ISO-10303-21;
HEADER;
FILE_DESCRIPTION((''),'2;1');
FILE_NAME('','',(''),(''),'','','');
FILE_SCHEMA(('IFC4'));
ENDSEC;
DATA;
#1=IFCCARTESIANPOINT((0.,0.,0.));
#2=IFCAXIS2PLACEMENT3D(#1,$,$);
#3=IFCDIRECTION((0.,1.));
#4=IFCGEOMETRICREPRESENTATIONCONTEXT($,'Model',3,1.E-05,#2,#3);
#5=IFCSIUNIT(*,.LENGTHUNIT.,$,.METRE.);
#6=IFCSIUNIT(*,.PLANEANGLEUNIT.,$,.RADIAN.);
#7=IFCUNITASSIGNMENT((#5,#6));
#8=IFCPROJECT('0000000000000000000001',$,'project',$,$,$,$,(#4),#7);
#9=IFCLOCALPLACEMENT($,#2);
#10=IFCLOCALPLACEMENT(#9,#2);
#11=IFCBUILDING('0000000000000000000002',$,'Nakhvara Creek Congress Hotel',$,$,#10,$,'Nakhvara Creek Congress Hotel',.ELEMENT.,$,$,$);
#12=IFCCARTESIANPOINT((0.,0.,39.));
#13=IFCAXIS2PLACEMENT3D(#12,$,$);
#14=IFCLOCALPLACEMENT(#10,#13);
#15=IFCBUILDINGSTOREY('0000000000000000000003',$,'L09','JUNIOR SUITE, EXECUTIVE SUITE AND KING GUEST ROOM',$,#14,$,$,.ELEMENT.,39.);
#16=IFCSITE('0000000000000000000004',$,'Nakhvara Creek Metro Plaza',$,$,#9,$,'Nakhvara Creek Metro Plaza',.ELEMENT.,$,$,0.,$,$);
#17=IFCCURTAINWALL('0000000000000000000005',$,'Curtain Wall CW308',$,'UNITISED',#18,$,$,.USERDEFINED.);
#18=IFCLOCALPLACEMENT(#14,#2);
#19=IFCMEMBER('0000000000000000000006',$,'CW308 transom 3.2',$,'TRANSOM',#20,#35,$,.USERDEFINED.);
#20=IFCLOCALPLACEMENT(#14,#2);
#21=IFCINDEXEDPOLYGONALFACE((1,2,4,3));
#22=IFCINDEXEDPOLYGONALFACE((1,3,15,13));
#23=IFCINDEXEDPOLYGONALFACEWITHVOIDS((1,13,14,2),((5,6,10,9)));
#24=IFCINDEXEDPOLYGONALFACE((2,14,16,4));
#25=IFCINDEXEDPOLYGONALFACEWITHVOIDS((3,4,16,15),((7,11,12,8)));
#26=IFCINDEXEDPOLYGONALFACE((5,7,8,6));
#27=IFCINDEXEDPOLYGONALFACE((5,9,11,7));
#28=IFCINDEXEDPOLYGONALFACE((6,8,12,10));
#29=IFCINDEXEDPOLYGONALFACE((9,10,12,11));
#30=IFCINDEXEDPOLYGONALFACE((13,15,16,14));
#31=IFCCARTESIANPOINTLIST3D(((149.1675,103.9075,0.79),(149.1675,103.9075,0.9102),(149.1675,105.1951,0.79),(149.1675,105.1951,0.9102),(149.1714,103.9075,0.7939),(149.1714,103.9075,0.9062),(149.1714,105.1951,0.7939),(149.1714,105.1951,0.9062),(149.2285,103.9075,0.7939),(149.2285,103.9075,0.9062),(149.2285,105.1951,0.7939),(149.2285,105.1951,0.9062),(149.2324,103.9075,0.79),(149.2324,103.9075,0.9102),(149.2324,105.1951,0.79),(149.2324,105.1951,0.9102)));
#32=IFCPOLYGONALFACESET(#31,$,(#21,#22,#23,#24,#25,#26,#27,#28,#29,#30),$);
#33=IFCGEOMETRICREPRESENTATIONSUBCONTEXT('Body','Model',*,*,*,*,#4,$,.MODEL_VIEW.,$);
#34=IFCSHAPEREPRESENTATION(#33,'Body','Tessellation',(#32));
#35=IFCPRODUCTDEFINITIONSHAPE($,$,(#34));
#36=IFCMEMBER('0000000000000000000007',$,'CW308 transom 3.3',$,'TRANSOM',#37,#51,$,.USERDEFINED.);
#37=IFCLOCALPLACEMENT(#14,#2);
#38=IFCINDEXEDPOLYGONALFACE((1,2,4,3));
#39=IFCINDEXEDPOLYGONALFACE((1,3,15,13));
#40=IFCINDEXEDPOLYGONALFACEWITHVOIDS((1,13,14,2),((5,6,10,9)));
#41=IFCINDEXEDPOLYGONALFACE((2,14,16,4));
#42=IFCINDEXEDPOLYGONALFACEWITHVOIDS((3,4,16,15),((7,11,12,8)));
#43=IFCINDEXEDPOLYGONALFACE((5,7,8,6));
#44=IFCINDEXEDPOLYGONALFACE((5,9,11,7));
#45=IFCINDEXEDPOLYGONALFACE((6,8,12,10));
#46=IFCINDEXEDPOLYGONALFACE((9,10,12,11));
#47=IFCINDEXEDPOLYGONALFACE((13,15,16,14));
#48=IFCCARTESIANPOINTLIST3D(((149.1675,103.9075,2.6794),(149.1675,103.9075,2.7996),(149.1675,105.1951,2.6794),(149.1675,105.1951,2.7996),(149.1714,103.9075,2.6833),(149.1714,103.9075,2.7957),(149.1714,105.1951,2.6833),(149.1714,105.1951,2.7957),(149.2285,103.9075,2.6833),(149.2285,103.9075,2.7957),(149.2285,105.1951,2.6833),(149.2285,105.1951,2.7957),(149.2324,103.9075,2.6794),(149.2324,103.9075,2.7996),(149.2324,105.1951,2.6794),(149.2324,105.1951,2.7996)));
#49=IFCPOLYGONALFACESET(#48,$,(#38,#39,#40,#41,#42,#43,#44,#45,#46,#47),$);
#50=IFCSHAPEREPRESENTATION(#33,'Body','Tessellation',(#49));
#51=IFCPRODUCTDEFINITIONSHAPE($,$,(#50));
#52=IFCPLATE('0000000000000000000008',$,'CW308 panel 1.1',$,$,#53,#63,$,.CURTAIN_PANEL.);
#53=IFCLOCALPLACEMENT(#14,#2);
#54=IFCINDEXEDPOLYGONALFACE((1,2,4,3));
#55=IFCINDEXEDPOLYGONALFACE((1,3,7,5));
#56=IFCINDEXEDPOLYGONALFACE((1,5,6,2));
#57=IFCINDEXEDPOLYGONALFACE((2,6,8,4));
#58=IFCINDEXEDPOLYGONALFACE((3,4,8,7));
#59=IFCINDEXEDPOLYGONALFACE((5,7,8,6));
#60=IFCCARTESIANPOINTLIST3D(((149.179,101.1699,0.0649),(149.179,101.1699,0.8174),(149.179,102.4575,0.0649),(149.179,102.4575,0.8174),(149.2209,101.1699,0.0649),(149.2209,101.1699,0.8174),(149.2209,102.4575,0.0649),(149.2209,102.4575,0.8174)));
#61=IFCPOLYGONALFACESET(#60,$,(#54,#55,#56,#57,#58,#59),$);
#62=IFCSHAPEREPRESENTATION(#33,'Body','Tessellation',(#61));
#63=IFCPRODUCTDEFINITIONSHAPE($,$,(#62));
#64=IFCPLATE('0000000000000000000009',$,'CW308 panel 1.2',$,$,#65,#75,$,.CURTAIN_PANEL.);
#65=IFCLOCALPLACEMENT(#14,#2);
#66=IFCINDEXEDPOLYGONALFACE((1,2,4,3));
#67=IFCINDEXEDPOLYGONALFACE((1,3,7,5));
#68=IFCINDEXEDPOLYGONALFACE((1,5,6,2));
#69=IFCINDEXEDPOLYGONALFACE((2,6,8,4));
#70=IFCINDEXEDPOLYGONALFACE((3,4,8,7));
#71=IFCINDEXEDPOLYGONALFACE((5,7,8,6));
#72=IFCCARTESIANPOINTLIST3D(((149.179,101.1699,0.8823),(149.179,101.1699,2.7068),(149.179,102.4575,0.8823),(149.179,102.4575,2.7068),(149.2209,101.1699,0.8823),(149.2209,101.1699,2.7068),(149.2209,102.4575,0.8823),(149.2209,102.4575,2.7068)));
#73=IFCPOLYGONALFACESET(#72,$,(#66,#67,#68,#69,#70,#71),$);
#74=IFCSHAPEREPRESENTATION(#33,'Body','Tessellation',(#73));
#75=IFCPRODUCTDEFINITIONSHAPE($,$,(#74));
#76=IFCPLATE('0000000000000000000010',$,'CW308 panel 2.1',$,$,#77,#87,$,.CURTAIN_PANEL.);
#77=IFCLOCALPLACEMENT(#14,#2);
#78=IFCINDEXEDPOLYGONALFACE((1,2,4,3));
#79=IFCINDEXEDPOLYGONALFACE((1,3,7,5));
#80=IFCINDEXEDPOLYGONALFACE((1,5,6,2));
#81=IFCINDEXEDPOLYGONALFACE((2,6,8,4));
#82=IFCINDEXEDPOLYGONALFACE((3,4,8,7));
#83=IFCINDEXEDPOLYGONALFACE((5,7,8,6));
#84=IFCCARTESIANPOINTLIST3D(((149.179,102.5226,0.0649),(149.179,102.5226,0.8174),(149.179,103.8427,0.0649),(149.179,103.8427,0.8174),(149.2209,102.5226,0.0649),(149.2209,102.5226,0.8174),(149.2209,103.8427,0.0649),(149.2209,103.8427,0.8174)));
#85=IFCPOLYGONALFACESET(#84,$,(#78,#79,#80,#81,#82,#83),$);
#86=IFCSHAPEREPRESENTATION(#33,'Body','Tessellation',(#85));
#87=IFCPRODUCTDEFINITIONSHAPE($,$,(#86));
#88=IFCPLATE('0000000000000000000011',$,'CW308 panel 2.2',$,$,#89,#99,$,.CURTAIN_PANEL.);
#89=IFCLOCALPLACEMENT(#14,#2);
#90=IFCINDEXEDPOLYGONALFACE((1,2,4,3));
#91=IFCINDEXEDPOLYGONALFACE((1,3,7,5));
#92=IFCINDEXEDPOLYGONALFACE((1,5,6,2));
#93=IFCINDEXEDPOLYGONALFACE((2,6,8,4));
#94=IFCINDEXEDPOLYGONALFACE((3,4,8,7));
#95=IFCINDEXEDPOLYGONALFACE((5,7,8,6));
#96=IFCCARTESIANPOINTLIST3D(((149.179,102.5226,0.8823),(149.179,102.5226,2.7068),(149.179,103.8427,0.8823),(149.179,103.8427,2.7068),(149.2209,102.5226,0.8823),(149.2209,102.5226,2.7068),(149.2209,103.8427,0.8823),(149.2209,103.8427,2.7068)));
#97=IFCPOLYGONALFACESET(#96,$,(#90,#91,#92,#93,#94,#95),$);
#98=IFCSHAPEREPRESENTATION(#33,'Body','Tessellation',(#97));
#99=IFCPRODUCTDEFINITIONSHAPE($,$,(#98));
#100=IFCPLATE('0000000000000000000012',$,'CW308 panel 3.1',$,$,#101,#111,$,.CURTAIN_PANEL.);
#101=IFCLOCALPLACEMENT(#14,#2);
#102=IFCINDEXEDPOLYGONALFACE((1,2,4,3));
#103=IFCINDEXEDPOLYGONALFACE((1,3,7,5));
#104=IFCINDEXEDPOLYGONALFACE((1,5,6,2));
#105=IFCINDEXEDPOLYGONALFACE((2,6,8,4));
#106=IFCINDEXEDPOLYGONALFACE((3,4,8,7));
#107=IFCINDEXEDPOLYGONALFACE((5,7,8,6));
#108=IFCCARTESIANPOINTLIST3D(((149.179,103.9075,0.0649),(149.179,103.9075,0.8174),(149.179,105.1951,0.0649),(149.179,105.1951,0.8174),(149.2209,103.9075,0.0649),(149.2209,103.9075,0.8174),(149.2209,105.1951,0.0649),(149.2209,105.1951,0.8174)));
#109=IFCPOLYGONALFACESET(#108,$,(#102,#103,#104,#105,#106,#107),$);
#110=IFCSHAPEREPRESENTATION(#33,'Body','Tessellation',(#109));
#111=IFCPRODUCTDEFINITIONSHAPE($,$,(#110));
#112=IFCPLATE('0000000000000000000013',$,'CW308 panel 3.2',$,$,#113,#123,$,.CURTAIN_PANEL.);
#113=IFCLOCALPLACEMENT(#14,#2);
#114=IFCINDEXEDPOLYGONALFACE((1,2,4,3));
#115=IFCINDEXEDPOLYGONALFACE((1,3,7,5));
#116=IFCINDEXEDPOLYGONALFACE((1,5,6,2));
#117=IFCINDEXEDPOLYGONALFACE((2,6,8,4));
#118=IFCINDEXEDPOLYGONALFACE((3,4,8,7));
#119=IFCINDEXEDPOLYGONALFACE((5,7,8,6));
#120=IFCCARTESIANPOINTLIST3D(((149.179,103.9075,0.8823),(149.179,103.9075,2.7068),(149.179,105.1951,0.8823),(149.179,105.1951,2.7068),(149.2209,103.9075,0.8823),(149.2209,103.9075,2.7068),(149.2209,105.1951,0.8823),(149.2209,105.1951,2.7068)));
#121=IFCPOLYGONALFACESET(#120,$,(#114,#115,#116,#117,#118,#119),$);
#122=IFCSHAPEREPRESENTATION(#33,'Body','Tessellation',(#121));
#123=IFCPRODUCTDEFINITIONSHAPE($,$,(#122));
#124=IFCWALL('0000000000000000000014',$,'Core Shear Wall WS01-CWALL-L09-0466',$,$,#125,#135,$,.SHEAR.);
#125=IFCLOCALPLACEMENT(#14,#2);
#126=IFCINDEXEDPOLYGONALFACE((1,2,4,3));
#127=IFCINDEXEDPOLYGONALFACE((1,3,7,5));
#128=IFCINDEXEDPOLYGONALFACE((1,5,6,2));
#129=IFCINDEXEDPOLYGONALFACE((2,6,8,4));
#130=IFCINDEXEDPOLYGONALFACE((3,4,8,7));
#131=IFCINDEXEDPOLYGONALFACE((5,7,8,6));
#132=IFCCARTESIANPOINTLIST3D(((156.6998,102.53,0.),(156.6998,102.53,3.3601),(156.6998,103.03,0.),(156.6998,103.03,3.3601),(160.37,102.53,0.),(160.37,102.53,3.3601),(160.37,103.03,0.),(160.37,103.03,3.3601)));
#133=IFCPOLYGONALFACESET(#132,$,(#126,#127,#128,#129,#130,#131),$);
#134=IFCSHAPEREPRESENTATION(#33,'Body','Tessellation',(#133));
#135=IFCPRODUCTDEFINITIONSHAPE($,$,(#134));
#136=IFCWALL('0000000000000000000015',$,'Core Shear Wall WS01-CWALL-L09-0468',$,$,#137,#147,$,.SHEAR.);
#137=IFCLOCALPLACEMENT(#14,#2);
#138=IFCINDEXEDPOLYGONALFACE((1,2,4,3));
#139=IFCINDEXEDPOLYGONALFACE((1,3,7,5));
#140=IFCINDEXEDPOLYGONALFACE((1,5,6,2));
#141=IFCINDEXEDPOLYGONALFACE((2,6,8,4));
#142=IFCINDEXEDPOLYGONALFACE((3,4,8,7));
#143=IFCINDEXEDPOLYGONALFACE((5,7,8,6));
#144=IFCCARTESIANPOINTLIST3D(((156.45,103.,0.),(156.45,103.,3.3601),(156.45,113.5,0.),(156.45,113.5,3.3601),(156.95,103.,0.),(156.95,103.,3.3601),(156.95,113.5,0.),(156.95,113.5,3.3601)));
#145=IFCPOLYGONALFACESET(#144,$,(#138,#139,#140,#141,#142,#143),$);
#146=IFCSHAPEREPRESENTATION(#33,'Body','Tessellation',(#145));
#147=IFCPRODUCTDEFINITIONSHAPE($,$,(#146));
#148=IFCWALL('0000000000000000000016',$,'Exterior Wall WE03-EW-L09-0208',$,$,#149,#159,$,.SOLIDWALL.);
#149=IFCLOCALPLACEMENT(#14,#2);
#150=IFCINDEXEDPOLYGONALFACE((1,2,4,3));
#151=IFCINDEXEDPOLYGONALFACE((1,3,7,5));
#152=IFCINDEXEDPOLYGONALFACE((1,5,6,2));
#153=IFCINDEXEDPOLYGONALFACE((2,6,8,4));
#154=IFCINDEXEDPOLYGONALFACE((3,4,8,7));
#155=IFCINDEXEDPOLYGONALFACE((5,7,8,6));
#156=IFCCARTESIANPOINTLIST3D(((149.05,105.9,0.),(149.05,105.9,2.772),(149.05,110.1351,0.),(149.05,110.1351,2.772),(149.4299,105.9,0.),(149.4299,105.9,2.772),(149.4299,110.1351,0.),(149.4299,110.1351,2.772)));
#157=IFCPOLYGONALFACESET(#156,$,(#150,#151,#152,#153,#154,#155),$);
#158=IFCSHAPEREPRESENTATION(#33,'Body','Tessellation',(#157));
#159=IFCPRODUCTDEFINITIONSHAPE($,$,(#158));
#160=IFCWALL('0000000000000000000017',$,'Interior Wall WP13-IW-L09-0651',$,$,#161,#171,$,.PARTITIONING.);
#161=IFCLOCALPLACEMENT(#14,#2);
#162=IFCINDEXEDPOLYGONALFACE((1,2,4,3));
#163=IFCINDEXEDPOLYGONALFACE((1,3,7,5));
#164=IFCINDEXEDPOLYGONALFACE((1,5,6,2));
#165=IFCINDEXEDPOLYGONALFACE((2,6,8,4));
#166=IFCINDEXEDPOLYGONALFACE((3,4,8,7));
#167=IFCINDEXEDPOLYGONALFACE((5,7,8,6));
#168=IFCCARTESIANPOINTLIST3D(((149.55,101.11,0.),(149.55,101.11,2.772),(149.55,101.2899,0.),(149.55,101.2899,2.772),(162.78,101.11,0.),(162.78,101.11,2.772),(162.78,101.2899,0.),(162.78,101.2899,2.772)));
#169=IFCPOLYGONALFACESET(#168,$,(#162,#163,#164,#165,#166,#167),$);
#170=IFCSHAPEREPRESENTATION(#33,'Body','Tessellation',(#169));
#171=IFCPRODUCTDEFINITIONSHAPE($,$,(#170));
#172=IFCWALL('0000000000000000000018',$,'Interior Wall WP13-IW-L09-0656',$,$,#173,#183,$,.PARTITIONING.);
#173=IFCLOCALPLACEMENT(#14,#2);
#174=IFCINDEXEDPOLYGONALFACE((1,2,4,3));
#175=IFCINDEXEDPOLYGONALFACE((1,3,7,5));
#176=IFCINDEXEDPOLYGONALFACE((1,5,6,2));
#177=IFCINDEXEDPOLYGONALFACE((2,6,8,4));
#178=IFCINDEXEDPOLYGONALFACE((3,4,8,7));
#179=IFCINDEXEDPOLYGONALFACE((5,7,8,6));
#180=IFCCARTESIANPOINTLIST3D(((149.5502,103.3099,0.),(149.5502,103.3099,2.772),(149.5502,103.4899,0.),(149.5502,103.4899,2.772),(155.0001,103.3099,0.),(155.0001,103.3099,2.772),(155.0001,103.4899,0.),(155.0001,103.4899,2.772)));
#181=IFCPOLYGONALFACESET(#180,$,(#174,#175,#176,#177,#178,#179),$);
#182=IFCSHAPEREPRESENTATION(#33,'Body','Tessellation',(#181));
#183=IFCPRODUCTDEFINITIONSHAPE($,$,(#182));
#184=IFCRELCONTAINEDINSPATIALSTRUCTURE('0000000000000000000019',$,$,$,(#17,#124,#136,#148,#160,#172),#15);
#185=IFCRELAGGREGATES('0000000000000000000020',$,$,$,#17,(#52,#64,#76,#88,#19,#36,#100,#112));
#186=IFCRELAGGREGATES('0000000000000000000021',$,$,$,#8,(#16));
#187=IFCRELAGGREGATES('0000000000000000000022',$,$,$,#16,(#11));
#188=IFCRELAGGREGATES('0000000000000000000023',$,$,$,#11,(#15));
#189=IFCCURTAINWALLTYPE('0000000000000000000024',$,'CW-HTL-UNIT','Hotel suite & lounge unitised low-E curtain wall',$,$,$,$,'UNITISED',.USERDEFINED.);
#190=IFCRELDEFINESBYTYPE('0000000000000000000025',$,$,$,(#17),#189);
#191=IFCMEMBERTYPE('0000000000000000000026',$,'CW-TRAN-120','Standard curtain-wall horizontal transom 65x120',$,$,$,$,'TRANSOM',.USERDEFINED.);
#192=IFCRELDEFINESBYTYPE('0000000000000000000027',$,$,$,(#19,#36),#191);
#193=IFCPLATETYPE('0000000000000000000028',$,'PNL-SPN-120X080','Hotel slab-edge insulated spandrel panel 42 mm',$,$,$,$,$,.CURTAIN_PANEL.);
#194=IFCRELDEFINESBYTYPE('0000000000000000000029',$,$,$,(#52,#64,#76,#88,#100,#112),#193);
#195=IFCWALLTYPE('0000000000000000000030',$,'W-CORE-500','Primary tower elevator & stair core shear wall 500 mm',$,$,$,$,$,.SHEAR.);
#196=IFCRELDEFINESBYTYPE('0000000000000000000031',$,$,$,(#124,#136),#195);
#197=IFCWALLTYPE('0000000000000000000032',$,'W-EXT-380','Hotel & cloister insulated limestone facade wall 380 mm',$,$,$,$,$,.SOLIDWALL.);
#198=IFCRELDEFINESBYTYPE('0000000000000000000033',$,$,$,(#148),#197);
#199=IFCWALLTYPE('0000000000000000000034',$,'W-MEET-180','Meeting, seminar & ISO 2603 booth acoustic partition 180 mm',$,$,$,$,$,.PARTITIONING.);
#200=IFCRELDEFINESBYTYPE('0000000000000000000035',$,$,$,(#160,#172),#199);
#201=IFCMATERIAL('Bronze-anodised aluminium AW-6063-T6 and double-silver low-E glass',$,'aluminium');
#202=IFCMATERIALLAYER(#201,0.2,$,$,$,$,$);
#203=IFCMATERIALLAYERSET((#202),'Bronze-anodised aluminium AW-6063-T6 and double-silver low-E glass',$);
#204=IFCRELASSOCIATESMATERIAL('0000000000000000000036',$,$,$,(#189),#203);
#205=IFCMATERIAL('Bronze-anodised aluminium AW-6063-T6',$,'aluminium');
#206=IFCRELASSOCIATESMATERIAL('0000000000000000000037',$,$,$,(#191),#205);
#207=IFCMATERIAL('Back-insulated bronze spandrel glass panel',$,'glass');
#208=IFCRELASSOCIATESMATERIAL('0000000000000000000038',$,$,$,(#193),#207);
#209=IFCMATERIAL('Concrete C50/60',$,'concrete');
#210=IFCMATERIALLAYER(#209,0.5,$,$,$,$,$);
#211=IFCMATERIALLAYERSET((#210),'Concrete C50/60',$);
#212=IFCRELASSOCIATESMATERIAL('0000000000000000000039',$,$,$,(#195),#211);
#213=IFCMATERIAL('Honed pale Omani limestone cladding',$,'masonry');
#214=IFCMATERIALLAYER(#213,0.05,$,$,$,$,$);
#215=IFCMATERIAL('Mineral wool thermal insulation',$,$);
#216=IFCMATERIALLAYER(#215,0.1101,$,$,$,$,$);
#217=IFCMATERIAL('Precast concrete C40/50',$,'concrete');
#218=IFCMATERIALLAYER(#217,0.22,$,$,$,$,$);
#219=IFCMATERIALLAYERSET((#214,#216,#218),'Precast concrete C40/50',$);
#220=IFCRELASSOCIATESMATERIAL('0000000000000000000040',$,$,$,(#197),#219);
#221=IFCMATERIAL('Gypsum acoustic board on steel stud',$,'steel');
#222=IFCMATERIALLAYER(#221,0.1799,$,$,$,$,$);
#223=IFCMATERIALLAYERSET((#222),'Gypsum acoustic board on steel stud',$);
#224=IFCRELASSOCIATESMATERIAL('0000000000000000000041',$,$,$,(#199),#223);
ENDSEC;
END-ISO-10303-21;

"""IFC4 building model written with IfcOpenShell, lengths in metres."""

from ifc_helpers import new_model, si_unit, direction, frame, frame_2d, origin, origin_2d, place, context, subcontext, project, spatial, rectangle, hollow_rectangle, extrude, material, layer, layer_set, material_profile, profile_set, type_object, element, aggregate, save


model = new_model("IFC4")

# Units and contexts
model_context = context("Model", 3, precision=1e-05, world=origin(), true_north=direction((0.0, 1.0)))
body_context = subcontext(model_context, "Body", "Model", "MODEL_VIEW")
ifc_project = project(units=[si_unit("LENGTHUNIT", "METRE"), si_unit("PLANEANGLEUNIT", "RADIAN")], contexts=[model_context])

# Site, building, storey
site_placement = place(None, origin())
site = spatial("IfcSite", under=ifc_project, at=site_placement, Name="Nakhvara Creek Metro Plaza", LongName="Nakhvara Creek Metro Plaza", CompositionType="ELEMENT", RefElevation=0.0)
building_placement = place(site_placement, origin())
building = spatial("IfcBuilding", under=site, at=building_placement, Name="Nakhvara Creek Congress Hotel", LongName="Nakhvara Creek Congress Hotel", CompositionType="ELEMENT")
storey_placement = place(building_placement, frame((0.0, 0.0, 39.0)))
storey = spatial("IfcBuildingStorey", under=building, at=storey_placement, Name="L09", Description="JUNIOR SUITE, EXECUTIVE SUITE AND KING GUEST ROOM", CompositionType="ELEMENT", Elevation=39.0)

# Shared definitions
ifc_material_1 = material(Name="Concrete C50/60", Category="concrete")

# Curtain wall, members, plates
ifc_material_2 = material(Name="Bronze-anodised aluminium AW-6063-T6 and double-silver low-E glass", Category="aluminium")
ifc_layer_1 = layer(ifc_material_2, 0.2)
ifc_layer_set_1 = layer_set([ifc_layer_1], Name="Bronze-anodised aluminium AW-6063-T6 and double-silver low-E glass")
curtain_wall_type = type_object("IfcCurtainWallType", Name="CW-HTL-UNIT", Description="Hotel suite & lounge unitised low-E curtain wall", ElementType="UNITISED", PredefinedType="USERDEFINED", material=ifc_layer_set_1)
curtain_wall_placement = place(storey_placement, origin())
curtain_wall = element("IfcCurtainWall", 1, at=curtain_wall_placement, inside=storey, type_object=curtain_wall_type, Name="Curtain Wall CW308", ObjectType="UNITISED", PredefinedType="USERDEFINED")
ifc_material_3 = material(Name="Bronze-anodised aluminium AW-6063-T6", Category="aluminium")
ifc_material_profile_1 = material_profile(ifc_material_3, hollow_rectangle(XDim=0.0649, YDim=0.1201, WallThickness=0.0039, at=origin_2d()), Name="ALU-TRAN 65x120x4", Category="LoadBearing")
ifc_profile_set_1 = profile_set([ifc_material_profile_1], Name="Bronze-anodised aluminium AW-6063-T6")
member_type_1 = type_object("IfcMemberType", Name="CW-TRAN-120", Description="Standard curtain-wall horizontal transom 65x120", ElementType="TRANSOM", PredefinedType="USERDEFINED", material=ifc_profile_set_1)
member_1_placement = place(storey_placement, frame((149.2, 103.9075, 0.8501), z_axis=(0.0, 1.0, 0.0), x_axis=(-1.0, 0.0, 0.0)))
member_1 = element("IfcMember", 2, at=member_1_placement, type_object=member_type_1, Name="CW308 transom 3.2", ObjectType="TRANSOM", PredefinedType="USERDEFINED", context=body_context, shape_type="SweptSolid", body=[
    extrude(hollow_rectangle(XDim=0.0649, YDim=0.1201, WallThickness=0.0039, at=origin_2d()), origin(), (0.0, 0.0, 1.0), 1.2876),
])
member_2_placement = place(storey_placement, frame((149.2, 103.9075, 2.7395), z_axis=(0.0, 1.0, 0.0), x_axis=(-1.0, 0.0, 0.0)))
member_2 = element("IfcMember", 3, at=member_2_placement, type_object=member_type_1, Name="CW308 transom 3.3", ObjectType="TRANSOM", PredefinedType="USERDEFINED", context=body_context, shape_type="SweptSolid", body=[
    extrude(hollow_rectangle(XDim=0.0649, YDim=0.1201, WallThickness=0.0039, at=origin_2d()), origin(), (0.0, 0.0, 1.0), 1.2876),
])
ifc_material_4 = material(Name="Back-insulated bronze spandrel glass panel", Category="glass")
plate_type = type_object("IfcPlateType", Name="PNL-SPN-120X080", Description="Hotel slab-edge insulated spandrel panel 42 mm", PredefinedType="CURTAIN_PANEL", material=ifc_material_4)
plate_1_placement = place(storey_placement, frame((149.2, 101.8137, 0.0649), z_axis=(0.0, 0.0, 1.0), x_axis=(0.0, 1.0, 0.0)))
plate_1 = element("IfcPlate", 4, at=plate_1_placement, type_object=plate_type, Name="CW308 panel 1.1", PredefinedType="CURTAIN_PANEL", context=body_context, shape_type="SweptSolid", body=[
    extrude(rectangle(XDim=1.2876, YDim=0.042, at=origin_2d()), origin(), (0.0, 0.0, 1.0), 0.7524),
])
plate_2_placement = place(storey_placement, frame((149.2, 101.8137, 0.8823), z_axis=(0.0, 0.0, 1.0), x_axis=(0.0, 1.0, 0.0)))
plate_2 = element("IfcPlate", 5, at=plate_2_placement, type_object=plate_type, Name="CW308 panel 1.2", PredefinedType="CURTAIN_PANEL", context=body_context, shape_type="SweptSolid", body=[
    extrude(rectangle(XDim=1.2876, YDim=0.042, at=origin_2d()), origin(), (0.0, 0.0, 1.0), 1.8245),
])
plate_3_placement = place(storey_placement, frame((149.2, 103.1826, 0.0649), z_axis=(0.0, 0.0, 1.0), x_axis=(0.0, 1.0, 0.0)))
plate_3 = element("IfcPlate", 6, at=plate_3_placement, type_object=plate_type, Name="CW308 panel 2.1", PredefinedType="CURTAIN_PANEL", context=body_context, shape_type="SweptSolid", body=[
    extrude(rectangle(XDim=1.3201, YDim=0.042, at=origin_2d()), origin(), (0.0, 0.0, 1.0), 0.7524),
])
plate_4_placement = place(storey_placement, frame((149.2, 103.1826, 0.8823), z_axis=(0.0, 0.0, 1.0), x_axis=(0.0, 1.0, 0.0)))
plate_4 = element("IfcPlate", 7, at=plate_4_placement, type_object=plate_type, Name="CW308 panel 2.2", PredefinedType="CURTAIN_PANEL", context=body_context, shape_type="SweptSolid", body=[
    extrude(rectangle(XDim=1.3201, YDim=0.042, at=origin_2d()), origin(), (0.0, 0.0, 1.0), 1.8245),
])
plate_5_placement = place(storey_placement, frame((149.2, 104.5513, 0.0649), z_axis=(0.0, 0.0, 1.0), x_axis=(0.0, 1.0, 0.0)))
plate_5 = element("IfcPlate", 8, at=plate_5_placement, type_object=plate_type, Name="CW308 panel 3.1", PredefinedType="CURTAIN_PANEL", context=body_context, shape_type="SweptSolid", body=[
    extrude(rectangle(XDim=1.2876, YDim=0.042, at=origin_2d()), origin(), (0.0, 0.0, 1.0), 0.7524),
])
plate_6_placement = place(storey_placement, frame((149.2, 104.5513, 0.8823), z_axis=(0.0, 0.0, 1.0), x_axis=(0.0, 1.0, 0.0)))
plate_6 = element("IfcPlate", 9, at=plate_6_placement, type_object=plate_type, Name="CW308 panel 3.2", PredefinedType="CURTAIN_PANEL", context=body_context, shape_type="SweptSolid", body=[
    extrude(rectangle(XDim=1.2876, YDim=0.042, at=origin_2d()), origin(), (0.0, 0.0, 1.0), 1.8245),
])
aggregate(curtain_wall, [plate_1, plate_2, plate_3, plate_4, member_1, member_2, plate_5, plate_6])

# Walls
ifc_layer_2 = layer(ifc_material_1, 0.5)
ifc_layer_set_2 = layer_set([ifc_layer_2], Name="Concrete C50/60")
wall_type_1 = type_object("IfcWallType", Name="W-CORE-500", Description="Primary tower elevator & stair core shear wall 500 mm", PredefinedType="SHEAR", material=ifc_layer_set_2)
wall_1_placement = place(storey_placement, frame((156.7, 102.78, 0.0), z_axis=(0.0, 0.0, 1.0), x_axis=(1.0, 0.0, 0.0)))
element("IfcWall", 10, at=wall_1_placement, inside=storey, type_object=wall_type_1, Name="Core Shear Wall WS01-CWALL-L09-0466", PredefinedType="SHEAR", context=body_context, shape_type="SweptSolid", body=[
    extrude(rectangle(XDim=3.6702, YDim=0.5, at=frame_2d((1.835, 0.0))), origin(), (0.0, 0.0, 1.0), 3.3601),
])
wall_2_placement = place(storey_placement, frame((156.7, 103.0, 0.0), z_axis=(0.0, 0.0, 1.0), x_axis=(0.0, 1.0, 0.0)))
element("IfcWall", 11, at=wall_2_placement, inside=storey, type_object=wall_type_1, Name="Core Shear Wall WS01-CWALL-L09-0468", PredefinedType="SHEAR", context=body_context, shape_type="SweptSolid", body=[
    extrude(rectangle(XDim=10.5, YDim=0.5, at=frame_2d((5.25, 0.0))), origin(), (0.0, 0.0, 1.0), 3.3601),
])

# Walls
ifc_material_5 = material(Name="Honed pale Omani limestone cladding", Category="masonry")
ifc_layer_3 = layer(ifc_material_5, 0.05)
ifc_material_6 = material(Name="Mineral wool thermal insulation")
ifc_layer_4 = layer(ifc_material_6, 0.1101)
ifc_material_7 = material(Name="Precast concrete C40/50", Category="concrete")
ifc_layer_5 = layer(ifc_material_7, 0.22)
ifc_layer_set_3 = layer_set([ifc_layer_3, ifc_layer_4, ifc_layer_5], Name="Precast concrete C40/50")
wall_type_2 = type_object("IfcWallType", Name="W-EXT-380", Description="Hotel & cloister insulated limestone facade wall 380 mm", PredefinedType="SOLIDWALL", material=ifc_layer_set_3)
wall_3_placement = place(storey_placement, frame((149.24, 105.8999, 0.0), z_axis=(0.0, 0.0, 1.0), x_axis=(0.0, 1.0, 0.0)))
element("IfcWall", 12, at=wall_3_placement, inside=storey, type_object=wall_type_2, Name="Exterior Wall WE03-EW-L09-0208", PredefinedType="SOLIDWALL", context=body_context, shape_type="SweptSolid", body=[
    extrude(rectangle(XDim=4.2351, YDim=0.3799, at=frame_2d((2.1177, 0.0))), origin(), (0.0, 0.0, 1.0), 2.772),
])
ifc_material_8 = material(Name="Gypsum acoustic board on steel stud", Category="steel")
ifc_layer_6 = layer(ifc_material_8, 0.1799)
ifc_layer_set_4 = layer_set([ifc_layer_6], Name="Gypsum acoustic board on steel stud")
wall_type_3 = type_object("IfcWallType", Name="W-MEET-180", Description="Meeting, seminar & ISO 2603 booth acoustic partition 180 mm", PredefinedType="PARTITIONING", material=ifc_layer_set_4)
wall_4_placement = place(storey_placement, frame((149.55, 101.2, 0.0), z_axis=(0.0, 0.0, 1.0), x_axis=(1.0, 0.0, 0.0)))
element("IfcWall", 13, at=wall_4_placement, inside=storey, type_object=wall_type_3, Name="Interior Wall WP13-IW-L09-0651", PredefinedType="PARTITIONING", context=body_context, shape_type="SweptSolid", body=[
    extrude(rectangle(XDim=13.23, YDim=0.1799, at=frame_2d((6.615, 0.0))), origin(), (0.0, 0.0, 1.0), 2.772),
])
wall_5_placement = place(storey_placement, frame((149.55, 103.3999, 0.0), z_axis=(0.0, 0.0, 1.0), x_axis=(1.0, 0.0, 0.0)))
element("IfcWall", 14, at=wall_5_placement, inside=storey, type_object=wall_type_3, Name="Interior Wall WP13-IW-L09-0656", PredefinedType="PARTITIONING", context=body_context, shape_type="SweptSolid", body=[
    extrude(rectangle(XDim=5.45, YDim=0.1799, at=frame_2d((2.7251, 0.0))), origin(), (0.0, 0.0, 1.0), 2.772),
])

save(model, "model.ifc")
